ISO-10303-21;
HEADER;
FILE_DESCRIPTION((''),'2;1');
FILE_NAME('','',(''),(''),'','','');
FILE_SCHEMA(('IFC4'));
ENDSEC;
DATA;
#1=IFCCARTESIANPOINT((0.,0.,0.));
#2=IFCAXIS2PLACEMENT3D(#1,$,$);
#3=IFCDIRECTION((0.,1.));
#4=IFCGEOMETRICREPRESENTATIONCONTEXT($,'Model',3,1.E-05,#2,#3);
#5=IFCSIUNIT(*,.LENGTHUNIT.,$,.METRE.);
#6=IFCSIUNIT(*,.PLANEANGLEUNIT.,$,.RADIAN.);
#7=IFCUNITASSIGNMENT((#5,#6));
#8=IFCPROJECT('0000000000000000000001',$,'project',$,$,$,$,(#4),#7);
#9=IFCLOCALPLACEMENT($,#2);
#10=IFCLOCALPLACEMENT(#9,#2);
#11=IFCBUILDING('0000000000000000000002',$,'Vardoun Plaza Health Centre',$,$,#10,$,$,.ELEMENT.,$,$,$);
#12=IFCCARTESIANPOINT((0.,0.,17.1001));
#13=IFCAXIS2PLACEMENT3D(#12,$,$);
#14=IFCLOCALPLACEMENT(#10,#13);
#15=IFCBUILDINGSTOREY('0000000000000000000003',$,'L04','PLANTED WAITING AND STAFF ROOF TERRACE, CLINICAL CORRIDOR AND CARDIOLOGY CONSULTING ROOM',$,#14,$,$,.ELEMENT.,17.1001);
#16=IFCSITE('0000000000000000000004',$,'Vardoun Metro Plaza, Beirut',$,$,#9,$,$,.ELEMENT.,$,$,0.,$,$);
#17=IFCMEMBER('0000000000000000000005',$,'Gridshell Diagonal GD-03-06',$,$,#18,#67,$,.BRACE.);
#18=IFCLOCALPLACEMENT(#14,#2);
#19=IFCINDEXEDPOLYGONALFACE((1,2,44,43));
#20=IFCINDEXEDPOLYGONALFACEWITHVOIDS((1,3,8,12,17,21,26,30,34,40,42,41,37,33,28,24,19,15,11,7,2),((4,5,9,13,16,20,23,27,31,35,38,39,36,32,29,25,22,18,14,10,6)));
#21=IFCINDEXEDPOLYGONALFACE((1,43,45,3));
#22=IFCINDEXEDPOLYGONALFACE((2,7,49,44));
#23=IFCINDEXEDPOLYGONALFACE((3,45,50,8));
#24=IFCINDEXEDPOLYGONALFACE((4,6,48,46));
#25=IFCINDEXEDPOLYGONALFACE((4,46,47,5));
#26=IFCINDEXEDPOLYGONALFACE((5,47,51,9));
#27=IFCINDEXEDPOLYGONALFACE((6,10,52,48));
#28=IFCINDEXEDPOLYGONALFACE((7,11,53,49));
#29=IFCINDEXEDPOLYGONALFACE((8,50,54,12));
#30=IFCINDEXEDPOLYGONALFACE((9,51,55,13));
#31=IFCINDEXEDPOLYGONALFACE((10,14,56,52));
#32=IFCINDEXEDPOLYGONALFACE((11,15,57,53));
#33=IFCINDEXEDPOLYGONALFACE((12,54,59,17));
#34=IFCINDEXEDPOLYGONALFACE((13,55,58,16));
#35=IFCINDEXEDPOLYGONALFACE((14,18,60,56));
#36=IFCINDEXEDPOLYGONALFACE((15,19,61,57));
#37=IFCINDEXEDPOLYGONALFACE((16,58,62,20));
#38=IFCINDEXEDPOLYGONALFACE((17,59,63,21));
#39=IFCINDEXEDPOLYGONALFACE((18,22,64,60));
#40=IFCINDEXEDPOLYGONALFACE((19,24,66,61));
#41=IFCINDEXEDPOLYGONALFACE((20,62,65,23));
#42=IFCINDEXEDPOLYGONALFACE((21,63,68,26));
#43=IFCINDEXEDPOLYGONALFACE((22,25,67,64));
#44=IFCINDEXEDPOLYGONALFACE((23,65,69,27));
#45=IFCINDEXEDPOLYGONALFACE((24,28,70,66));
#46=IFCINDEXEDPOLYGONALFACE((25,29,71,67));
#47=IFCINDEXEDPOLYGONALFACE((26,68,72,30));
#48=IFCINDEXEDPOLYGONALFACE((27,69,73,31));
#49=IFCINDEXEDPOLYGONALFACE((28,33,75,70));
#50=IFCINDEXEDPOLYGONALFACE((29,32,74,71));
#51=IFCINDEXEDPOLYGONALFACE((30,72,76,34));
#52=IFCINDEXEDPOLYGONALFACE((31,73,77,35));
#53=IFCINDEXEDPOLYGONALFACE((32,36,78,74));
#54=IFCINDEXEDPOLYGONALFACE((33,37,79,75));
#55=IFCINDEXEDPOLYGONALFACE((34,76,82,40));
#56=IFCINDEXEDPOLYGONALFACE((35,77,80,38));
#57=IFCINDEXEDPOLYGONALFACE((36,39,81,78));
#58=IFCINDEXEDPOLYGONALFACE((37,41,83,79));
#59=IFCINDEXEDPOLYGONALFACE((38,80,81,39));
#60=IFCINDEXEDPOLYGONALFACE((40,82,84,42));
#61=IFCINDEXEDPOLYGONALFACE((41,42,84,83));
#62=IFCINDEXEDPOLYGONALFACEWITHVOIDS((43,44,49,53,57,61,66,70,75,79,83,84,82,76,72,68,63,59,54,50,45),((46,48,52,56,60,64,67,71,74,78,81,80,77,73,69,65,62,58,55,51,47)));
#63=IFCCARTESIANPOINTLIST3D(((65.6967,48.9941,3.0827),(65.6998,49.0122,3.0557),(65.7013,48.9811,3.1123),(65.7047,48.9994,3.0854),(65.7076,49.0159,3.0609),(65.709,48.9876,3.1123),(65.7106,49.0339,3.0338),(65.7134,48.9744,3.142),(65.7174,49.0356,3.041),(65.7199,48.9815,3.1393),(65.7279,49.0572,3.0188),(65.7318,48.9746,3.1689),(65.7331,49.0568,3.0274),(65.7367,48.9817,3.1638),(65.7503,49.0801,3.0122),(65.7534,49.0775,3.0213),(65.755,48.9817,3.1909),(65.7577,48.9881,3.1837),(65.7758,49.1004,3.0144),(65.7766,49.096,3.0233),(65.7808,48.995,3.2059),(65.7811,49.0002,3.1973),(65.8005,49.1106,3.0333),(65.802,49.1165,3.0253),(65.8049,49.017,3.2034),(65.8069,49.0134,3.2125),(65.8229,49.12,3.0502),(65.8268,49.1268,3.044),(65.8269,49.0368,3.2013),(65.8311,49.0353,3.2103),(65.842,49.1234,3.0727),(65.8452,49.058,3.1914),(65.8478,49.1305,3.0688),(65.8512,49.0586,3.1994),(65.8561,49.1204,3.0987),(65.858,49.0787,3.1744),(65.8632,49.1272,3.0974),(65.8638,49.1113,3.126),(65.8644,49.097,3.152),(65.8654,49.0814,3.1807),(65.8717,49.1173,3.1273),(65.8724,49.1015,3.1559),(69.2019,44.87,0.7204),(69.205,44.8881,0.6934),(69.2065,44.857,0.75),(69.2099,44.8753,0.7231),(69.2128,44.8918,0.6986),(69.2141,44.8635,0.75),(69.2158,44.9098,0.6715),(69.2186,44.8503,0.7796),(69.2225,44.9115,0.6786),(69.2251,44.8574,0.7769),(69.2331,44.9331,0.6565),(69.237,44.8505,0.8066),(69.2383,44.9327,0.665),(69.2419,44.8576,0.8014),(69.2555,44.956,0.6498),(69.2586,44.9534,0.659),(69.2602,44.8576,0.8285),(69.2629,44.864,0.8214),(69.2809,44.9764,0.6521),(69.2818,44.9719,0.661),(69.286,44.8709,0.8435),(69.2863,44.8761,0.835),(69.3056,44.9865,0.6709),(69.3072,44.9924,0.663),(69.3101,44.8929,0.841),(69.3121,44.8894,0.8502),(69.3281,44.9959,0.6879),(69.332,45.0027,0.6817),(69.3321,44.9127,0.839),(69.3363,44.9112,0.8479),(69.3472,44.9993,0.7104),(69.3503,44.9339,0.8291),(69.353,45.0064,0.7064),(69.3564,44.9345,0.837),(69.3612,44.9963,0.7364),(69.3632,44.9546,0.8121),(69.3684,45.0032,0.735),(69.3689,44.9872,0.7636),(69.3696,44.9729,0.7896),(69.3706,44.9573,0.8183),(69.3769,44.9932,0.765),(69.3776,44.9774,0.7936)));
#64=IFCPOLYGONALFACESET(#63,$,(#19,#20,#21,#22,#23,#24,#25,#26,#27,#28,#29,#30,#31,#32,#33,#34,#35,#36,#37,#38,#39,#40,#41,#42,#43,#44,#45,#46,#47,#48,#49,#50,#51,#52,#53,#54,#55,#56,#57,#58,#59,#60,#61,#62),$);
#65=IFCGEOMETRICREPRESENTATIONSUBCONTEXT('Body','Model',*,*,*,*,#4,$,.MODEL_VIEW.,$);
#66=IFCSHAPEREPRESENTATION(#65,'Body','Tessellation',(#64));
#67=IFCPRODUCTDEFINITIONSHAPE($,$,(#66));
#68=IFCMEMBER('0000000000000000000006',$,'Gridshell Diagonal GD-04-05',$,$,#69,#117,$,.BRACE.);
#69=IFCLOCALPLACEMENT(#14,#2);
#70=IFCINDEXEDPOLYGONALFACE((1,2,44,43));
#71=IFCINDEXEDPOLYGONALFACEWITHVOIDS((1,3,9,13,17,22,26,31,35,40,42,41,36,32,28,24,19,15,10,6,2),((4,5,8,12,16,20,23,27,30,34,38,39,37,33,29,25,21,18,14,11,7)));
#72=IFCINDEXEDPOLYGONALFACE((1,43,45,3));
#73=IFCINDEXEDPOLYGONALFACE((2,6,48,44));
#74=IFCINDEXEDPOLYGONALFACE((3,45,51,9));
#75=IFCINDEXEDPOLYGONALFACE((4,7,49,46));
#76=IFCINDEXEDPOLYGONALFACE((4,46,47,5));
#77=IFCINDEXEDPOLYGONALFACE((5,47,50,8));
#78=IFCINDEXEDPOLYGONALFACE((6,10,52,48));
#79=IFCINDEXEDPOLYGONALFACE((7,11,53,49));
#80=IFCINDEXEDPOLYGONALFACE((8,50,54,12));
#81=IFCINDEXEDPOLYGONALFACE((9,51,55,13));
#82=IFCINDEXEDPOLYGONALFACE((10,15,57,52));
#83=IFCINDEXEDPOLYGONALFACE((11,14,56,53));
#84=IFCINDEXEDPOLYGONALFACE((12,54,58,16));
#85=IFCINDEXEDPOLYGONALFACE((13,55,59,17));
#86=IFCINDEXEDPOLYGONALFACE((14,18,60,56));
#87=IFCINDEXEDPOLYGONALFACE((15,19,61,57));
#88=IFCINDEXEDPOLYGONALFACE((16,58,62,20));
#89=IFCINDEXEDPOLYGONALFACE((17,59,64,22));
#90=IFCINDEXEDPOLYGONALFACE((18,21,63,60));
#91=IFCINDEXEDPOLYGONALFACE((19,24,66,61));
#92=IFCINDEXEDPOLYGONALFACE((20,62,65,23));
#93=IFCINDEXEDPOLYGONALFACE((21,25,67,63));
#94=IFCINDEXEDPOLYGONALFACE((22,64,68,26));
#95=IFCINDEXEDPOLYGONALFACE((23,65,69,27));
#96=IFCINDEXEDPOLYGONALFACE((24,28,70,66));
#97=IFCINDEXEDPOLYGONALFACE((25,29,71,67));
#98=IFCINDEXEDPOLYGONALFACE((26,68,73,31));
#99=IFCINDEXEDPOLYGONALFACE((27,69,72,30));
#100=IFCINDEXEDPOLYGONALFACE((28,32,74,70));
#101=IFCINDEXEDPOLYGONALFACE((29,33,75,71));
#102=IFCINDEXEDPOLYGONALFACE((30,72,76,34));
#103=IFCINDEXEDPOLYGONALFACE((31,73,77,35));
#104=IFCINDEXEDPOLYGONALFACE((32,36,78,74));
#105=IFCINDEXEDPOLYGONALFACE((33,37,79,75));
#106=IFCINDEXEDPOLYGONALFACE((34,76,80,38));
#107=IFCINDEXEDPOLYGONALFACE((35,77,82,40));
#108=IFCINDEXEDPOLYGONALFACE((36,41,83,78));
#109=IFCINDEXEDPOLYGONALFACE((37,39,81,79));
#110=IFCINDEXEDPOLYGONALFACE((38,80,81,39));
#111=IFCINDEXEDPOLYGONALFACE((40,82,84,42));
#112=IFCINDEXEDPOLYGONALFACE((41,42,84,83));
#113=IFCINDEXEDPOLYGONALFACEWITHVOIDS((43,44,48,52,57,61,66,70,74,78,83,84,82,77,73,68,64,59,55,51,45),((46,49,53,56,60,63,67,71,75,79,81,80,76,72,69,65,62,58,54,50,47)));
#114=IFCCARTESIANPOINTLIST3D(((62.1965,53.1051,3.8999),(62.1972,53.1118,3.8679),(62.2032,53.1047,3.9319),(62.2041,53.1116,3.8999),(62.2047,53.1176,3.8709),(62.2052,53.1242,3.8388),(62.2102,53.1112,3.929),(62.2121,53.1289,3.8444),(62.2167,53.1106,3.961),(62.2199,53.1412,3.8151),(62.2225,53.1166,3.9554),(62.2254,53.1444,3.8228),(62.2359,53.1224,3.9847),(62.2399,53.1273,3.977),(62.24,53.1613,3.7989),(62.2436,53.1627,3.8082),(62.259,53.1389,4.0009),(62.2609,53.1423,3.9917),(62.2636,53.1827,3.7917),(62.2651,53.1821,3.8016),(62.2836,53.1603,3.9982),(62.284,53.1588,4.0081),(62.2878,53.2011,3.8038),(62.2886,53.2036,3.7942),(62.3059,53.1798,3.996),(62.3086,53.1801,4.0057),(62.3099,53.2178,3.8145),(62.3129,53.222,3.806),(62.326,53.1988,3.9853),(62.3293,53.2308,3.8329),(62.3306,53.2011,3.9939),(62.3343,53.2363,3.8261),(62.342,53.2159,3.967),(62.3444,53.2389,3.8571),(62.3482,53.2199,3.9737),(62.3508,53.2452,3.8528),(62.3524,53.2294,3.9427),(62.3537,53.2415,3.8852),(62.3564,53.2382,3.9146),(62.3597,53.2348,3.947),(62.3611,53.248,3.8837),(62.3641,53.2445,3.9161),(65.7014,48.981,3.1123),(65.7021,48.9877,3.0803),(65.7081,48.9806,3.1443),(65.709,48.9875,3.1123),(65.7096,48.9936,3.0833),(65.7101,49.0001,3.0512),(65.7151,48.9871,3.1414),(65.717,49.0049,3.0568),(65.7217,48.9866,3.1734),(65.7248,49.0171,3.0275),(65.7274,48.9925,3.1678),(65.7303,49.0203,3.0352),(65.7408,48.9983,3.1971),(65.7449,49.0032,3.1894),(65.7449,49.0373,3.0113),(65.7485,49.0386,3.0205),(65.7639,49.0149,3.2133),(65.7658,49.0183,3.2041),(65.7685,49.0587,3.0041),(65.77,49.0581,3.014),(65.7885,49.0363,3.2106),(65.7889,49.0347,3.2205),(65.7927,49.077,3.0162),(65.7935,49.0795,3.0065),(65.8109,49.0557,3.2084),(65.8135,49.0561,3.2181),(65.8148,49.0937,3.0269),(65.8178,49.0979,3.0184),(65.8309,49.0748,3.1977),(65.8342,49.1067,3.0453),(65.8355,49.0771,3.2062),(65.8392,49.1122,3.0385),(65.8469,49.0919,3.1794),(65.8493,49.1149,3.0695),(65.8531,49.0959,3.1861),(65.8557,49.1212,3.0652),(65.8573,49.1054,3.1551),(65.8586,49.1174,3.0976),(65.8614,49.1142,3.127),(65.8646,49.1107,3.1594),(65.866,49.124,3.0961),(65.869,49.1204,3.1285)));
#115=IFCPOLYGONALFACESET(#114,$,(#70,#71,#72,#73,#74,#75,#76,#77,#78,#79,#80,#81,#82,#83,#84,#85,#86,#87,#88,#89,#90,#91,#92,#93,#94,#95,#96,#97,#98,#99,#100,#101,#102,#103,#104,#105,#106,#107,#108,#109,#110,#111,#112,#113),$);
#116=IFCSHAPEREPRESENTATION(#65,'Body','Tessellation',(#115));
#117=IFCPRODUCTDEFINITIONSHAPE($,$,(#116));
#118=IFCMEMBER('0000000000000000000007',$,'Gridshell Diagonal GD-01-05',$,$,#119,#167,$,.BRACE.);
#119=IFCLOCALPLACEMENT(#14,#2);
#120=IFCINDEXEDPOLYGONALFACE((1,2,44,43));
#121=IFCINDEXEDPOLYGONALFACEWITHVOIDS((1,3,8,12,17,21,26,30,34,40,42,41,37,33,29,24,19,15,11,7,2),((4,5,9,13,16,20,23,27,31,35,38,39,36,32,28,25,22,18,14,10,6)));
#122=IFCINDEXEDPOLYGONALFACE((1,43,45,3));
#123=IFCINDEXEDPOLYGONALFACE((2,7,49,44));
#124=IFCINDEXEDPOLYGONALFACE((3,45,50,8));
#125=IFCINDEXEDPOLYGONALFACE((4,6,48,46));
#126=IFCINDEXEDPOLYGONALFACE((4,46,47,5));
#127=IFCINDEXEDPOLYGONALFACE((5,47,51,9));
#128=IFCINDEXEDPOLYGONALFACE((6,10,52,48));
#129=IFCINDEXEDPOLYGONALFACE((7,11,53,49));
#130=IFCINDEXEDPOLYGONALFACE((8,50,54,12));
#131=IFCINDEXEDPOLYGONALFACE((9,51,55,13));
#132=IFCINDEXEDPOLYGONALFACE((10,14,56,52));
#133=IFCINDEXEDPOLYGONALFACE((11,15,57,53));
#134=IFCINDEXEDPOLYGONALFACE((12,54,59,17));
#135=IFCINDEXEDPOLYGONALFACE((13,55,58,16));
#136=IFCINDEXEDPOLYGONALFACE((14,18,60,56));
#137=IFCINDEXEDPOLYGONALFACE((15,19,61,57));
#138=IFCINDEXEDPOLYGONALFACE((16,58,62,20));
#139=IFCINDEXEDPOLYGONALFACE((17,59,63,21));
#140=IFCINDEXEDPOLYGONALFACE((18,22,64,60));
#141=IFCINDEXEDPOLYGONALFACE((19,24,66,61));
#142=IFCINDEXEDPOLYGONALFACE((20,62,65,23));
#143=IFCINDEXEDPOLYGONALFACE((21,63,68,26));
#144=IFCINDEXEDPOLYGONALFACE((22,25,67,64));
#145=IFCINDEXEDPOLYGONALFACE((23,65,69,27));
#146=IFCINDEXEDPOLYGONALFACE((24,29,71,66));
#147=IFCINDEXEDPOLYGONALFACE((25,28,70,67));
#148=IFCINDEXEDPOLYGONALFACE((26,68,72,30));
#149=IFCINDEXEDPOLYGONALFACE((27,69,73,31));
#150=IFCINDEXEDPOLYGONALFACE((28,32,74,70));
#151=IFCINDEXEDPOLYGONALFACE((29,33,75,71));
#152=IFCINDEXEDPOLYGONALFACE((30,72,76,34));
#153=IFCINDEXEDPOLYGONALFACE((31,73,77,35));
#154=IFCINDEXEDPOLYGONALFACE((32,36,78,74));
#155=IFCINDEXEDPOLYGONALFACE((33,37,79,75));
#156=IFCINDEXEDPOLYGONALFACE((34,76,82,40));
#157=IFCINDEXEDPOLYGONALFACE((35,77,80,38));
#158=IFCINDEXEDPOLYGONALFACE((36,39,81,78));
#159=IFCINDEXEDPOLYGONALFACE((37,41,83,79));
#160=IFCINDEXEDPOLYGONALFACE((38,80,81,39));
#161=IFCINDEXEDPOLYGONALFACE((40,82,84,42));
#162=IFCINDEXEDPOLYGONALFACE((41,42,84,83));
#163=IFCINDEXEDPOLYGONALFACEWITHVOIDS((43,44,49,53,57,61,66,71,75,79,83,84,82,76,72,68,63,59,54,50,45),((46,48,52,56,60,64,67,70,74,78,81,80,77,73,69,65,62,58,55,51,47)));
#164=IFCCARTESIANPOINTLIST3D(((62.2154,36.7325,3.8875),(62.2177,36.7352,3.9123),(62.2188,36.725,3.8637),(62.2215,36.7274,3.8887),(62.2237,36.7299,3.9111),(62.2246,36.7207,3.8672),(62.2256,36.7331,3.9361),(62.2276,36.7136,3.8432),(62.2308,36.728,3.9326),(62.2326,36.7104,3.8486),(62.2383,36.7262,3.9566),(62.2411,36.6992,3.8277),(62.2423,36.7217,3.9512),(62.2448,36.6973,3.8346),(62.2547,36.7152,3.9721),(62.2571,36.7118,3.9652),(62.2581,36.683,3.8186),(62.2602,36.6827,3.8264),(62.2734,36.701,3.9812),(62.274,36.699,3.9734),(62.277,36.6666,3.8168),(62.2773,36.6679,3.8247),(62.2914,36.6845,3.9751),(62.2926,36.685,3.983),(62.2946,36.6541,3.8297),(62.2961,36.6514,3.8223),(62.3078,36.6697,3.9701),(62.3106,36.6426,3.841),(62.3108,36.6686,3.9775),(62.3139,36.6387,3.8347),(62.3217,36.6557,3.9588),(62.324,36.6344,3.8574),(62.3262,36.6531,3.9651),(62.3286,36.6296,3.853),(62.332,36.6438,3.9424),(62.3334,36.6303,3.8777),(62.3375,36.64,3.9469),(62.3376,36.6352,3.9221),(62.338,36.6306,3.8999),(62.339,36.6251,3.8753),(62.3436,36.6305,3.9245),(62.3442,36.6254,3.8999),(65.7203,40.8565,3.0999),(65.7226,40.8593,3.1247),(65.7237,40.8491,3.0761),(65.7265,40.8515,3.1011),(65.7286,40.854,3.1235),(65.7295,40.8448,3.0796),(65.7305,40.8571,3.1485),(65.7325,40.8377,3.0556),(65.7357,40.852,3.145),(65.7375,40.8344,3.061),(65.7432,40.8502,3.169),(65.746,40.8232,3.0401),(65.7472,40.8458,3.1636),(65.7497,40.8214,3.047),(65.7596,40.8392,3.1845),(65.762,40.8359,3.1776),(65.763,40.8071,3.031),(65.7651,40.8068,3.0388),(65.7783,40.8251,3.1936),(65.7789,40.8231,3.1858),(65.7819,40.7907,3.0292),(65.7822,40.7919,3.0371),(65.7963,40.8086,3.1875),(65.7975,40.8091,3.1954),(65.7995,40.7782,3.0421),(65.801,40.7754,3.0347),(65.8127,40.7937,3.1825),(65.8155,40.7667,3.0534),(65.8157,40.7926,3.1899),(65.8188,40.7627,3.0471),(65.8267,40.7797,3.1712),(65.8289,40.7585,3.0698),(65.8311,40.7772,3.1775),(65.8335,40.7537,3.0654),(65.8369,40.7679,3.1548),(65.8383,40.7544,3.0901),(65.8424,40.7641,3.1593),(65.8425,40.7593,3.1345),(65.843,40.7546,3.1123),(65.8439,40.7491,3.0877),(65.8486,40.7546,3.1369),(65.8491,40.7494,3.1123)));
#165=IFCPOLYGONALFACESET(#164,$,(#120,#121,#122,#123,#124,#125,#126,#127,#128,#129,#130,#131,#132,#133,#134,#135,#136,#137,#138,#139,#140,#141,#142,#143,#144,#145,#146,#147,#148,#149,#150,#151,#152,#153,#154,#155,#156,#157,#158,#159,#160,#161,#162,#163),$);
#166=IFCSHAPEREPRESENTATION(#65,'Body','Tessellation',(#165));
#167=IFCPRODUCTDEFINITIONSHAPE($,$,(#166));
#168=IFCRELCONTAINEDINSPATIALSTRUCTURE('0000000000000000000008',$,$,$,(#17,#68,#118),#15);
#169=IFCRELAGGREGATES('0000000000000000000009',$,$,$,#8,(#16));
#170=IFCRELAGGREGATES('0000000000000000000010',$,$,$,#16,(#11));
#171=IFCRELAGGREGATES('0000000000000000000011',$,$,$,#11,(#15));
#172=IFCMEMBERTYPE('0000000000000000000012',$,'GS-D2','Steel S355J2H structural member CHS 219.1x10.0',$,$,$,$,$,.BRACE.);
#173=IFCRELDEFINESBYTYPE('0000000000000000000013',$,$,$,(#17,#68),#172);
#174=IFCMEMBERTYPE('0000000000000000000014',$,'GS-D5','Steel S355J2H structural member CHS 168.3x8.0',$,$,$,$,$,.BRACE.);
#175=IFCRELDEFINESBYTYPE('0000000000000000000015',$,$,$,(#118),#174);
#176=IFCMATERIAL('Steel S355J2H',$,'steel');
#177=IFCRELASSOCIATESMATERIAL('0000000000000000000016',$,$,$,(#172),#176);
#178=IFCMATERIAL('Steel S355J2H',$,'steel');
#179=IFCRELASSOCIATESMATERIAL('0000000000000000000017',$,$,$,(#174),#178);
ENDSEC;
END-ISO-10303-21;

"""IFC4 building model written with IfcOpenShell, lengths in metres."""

from ifc_helpers import new_model, si_unit, direction, frame, origin, origin_2d, place, context, subcontext, project, spatial, hollow_circle, extrude, material, material_profile, profile_set, type_object, element, save


model = new_model("IFC4")

# Units and contexts
model_context = context("Model", 3, precision=1e-05, world=origin(), true_north=direction((0.0, 1.0)))
body_context = subcontext(model_context, "Body", "Model", "MODEL_VIEW")
ifc_project = project(units=[si_unit("LENGTHUNIT", "METRE"), si_unit("PLANEANGLEUNIT", "RADIAN")], contexts=[model_context])

# Site, building, storey
site_placement = place(None, origin())
site = spatial("IfcSite", under=ifc_project, at=site_placement, Name="Vardoun Metro Plaza, Beirut", CompositionType="ELEMENT", RefElevation=0.0)
building_placement = place(site_placement, origin())
building = spatial("IfcBuilding", under=site, at=building_placement, Name="Vardoun Plaza Health Centre", CompositionType="ELEMENT")
storey_placement = place(building_placement, frame((0.0, 0.0, 17.1001)))
storey = spatial("IfcBuildingStorey", under=building, at=storey_placement, Name="L04", Description="PLANTED WAITING AND STAFF ROOF TERRACE, CLINICAL CORRIDOR AND CARDIOLOGY CONSULTING ROOM", CompositionType="ELEMENT", Elevation=17.1001)

# Members
ifc_material_1 = material(Name="Steel S355J2H", Category="steel")
ifc_material_profile_1 = material_profile(ifc_material_1, hollow_circle(Radius=0.1096, WallThickness=0.01, at=origin_2d()), Name="CHS 219.1x10.0")
ifc_profile_set_1 = profile_set([ifc_material_profile_1], Name="Steel S355J2H")
member_type_1 = type_object("IfcMemberType", Name="GS-D2", Description="Steel S355J2H structural member CHS 219.1x10.0", PredefinedType="BRACE", material=ifc_profile_set_1)
member_1_placement = place(storey_placement, frame((69.29, 44.928, 0.75), z_axis=(-0.593544, 0.698346, 0.400023), x_axis=(-0.761966, -0.647617, 0.0)))
element("IfcMember", 1, at=member_1_placement, inside=storey, type_object=member_type_1, Name="Gridshell Diagonal GD-03-06", PredefinedType="BRACE", context=body_context, shape_type="SweptSolid", body=[
    extrude(hollow_circle(Radius=0.1096, WallThickness=0.01, at=origin_2d()), origin(), (0.0, 0.0, 1.0), 5.9055),
])
member_2_placement = place(storey_placement, frame((65.7849, 49.052, 3.1123), z_axis=(-0.640841, 0.754046, 0.144006), x_axis=(-0.761988, -0.647591, 0.0)))
element("IfcMember", 2, at=member_2_placement, inside=storey, type_object=member_type_1, Name="Gridshell Diagonal GD-04-05", PredefinedType="BRACE", context=body_context, shape_type="SweptSolid", body=[
    extrude(hollow_circle(Radius=0.1096, WallThickness=0.01, at=origin_2d()), origin(), (0.0, 0.0, 1.0), 5.4692),
])
ifc_material_2 = material(Name="Steel S355J2H", Category="steel")
ifc_material_profile_2 = material_profile(ifc_material_2, hollow_circle(Radius=0.0842, WallThickness=0.0081, at=origin_2d()), Name="CHS 168.3x8.0")
ifc_profile_set_2 = profile_set([ifc_material_profile_2], Name="Steel S355J2H")
member_type_2 = type_object("IfcMemberType", Name="GS-D5", Description="Steel S355J2H structural member CHS 168.3x8.0", PredefinedType="BRACE", material=ifc_profile_set_2)
member_3_placement = place(storey_placement, frame((65.7849, 40.804, 3.1123), z_axis=(-0.640841, -0.754046, 0.144006), x_axis=(0.761988, -0.647591, 0.0)))
element("IfcMember", 3, at=member_3_placement, inside=storey, type_object=member_type_2, Name="Gridshell Diagonal GD-01-05", PredefinedType="BRACE", context=body_context, shape_type="SweptSolid", body=[
    extrude(hollow_circle(Radius=0.0842, WallThickness=0.0081, at=origin_2d()), origin(), (0.0, 0.0, 1.0), 5.4692),
])

save(model, "model.ifc")
